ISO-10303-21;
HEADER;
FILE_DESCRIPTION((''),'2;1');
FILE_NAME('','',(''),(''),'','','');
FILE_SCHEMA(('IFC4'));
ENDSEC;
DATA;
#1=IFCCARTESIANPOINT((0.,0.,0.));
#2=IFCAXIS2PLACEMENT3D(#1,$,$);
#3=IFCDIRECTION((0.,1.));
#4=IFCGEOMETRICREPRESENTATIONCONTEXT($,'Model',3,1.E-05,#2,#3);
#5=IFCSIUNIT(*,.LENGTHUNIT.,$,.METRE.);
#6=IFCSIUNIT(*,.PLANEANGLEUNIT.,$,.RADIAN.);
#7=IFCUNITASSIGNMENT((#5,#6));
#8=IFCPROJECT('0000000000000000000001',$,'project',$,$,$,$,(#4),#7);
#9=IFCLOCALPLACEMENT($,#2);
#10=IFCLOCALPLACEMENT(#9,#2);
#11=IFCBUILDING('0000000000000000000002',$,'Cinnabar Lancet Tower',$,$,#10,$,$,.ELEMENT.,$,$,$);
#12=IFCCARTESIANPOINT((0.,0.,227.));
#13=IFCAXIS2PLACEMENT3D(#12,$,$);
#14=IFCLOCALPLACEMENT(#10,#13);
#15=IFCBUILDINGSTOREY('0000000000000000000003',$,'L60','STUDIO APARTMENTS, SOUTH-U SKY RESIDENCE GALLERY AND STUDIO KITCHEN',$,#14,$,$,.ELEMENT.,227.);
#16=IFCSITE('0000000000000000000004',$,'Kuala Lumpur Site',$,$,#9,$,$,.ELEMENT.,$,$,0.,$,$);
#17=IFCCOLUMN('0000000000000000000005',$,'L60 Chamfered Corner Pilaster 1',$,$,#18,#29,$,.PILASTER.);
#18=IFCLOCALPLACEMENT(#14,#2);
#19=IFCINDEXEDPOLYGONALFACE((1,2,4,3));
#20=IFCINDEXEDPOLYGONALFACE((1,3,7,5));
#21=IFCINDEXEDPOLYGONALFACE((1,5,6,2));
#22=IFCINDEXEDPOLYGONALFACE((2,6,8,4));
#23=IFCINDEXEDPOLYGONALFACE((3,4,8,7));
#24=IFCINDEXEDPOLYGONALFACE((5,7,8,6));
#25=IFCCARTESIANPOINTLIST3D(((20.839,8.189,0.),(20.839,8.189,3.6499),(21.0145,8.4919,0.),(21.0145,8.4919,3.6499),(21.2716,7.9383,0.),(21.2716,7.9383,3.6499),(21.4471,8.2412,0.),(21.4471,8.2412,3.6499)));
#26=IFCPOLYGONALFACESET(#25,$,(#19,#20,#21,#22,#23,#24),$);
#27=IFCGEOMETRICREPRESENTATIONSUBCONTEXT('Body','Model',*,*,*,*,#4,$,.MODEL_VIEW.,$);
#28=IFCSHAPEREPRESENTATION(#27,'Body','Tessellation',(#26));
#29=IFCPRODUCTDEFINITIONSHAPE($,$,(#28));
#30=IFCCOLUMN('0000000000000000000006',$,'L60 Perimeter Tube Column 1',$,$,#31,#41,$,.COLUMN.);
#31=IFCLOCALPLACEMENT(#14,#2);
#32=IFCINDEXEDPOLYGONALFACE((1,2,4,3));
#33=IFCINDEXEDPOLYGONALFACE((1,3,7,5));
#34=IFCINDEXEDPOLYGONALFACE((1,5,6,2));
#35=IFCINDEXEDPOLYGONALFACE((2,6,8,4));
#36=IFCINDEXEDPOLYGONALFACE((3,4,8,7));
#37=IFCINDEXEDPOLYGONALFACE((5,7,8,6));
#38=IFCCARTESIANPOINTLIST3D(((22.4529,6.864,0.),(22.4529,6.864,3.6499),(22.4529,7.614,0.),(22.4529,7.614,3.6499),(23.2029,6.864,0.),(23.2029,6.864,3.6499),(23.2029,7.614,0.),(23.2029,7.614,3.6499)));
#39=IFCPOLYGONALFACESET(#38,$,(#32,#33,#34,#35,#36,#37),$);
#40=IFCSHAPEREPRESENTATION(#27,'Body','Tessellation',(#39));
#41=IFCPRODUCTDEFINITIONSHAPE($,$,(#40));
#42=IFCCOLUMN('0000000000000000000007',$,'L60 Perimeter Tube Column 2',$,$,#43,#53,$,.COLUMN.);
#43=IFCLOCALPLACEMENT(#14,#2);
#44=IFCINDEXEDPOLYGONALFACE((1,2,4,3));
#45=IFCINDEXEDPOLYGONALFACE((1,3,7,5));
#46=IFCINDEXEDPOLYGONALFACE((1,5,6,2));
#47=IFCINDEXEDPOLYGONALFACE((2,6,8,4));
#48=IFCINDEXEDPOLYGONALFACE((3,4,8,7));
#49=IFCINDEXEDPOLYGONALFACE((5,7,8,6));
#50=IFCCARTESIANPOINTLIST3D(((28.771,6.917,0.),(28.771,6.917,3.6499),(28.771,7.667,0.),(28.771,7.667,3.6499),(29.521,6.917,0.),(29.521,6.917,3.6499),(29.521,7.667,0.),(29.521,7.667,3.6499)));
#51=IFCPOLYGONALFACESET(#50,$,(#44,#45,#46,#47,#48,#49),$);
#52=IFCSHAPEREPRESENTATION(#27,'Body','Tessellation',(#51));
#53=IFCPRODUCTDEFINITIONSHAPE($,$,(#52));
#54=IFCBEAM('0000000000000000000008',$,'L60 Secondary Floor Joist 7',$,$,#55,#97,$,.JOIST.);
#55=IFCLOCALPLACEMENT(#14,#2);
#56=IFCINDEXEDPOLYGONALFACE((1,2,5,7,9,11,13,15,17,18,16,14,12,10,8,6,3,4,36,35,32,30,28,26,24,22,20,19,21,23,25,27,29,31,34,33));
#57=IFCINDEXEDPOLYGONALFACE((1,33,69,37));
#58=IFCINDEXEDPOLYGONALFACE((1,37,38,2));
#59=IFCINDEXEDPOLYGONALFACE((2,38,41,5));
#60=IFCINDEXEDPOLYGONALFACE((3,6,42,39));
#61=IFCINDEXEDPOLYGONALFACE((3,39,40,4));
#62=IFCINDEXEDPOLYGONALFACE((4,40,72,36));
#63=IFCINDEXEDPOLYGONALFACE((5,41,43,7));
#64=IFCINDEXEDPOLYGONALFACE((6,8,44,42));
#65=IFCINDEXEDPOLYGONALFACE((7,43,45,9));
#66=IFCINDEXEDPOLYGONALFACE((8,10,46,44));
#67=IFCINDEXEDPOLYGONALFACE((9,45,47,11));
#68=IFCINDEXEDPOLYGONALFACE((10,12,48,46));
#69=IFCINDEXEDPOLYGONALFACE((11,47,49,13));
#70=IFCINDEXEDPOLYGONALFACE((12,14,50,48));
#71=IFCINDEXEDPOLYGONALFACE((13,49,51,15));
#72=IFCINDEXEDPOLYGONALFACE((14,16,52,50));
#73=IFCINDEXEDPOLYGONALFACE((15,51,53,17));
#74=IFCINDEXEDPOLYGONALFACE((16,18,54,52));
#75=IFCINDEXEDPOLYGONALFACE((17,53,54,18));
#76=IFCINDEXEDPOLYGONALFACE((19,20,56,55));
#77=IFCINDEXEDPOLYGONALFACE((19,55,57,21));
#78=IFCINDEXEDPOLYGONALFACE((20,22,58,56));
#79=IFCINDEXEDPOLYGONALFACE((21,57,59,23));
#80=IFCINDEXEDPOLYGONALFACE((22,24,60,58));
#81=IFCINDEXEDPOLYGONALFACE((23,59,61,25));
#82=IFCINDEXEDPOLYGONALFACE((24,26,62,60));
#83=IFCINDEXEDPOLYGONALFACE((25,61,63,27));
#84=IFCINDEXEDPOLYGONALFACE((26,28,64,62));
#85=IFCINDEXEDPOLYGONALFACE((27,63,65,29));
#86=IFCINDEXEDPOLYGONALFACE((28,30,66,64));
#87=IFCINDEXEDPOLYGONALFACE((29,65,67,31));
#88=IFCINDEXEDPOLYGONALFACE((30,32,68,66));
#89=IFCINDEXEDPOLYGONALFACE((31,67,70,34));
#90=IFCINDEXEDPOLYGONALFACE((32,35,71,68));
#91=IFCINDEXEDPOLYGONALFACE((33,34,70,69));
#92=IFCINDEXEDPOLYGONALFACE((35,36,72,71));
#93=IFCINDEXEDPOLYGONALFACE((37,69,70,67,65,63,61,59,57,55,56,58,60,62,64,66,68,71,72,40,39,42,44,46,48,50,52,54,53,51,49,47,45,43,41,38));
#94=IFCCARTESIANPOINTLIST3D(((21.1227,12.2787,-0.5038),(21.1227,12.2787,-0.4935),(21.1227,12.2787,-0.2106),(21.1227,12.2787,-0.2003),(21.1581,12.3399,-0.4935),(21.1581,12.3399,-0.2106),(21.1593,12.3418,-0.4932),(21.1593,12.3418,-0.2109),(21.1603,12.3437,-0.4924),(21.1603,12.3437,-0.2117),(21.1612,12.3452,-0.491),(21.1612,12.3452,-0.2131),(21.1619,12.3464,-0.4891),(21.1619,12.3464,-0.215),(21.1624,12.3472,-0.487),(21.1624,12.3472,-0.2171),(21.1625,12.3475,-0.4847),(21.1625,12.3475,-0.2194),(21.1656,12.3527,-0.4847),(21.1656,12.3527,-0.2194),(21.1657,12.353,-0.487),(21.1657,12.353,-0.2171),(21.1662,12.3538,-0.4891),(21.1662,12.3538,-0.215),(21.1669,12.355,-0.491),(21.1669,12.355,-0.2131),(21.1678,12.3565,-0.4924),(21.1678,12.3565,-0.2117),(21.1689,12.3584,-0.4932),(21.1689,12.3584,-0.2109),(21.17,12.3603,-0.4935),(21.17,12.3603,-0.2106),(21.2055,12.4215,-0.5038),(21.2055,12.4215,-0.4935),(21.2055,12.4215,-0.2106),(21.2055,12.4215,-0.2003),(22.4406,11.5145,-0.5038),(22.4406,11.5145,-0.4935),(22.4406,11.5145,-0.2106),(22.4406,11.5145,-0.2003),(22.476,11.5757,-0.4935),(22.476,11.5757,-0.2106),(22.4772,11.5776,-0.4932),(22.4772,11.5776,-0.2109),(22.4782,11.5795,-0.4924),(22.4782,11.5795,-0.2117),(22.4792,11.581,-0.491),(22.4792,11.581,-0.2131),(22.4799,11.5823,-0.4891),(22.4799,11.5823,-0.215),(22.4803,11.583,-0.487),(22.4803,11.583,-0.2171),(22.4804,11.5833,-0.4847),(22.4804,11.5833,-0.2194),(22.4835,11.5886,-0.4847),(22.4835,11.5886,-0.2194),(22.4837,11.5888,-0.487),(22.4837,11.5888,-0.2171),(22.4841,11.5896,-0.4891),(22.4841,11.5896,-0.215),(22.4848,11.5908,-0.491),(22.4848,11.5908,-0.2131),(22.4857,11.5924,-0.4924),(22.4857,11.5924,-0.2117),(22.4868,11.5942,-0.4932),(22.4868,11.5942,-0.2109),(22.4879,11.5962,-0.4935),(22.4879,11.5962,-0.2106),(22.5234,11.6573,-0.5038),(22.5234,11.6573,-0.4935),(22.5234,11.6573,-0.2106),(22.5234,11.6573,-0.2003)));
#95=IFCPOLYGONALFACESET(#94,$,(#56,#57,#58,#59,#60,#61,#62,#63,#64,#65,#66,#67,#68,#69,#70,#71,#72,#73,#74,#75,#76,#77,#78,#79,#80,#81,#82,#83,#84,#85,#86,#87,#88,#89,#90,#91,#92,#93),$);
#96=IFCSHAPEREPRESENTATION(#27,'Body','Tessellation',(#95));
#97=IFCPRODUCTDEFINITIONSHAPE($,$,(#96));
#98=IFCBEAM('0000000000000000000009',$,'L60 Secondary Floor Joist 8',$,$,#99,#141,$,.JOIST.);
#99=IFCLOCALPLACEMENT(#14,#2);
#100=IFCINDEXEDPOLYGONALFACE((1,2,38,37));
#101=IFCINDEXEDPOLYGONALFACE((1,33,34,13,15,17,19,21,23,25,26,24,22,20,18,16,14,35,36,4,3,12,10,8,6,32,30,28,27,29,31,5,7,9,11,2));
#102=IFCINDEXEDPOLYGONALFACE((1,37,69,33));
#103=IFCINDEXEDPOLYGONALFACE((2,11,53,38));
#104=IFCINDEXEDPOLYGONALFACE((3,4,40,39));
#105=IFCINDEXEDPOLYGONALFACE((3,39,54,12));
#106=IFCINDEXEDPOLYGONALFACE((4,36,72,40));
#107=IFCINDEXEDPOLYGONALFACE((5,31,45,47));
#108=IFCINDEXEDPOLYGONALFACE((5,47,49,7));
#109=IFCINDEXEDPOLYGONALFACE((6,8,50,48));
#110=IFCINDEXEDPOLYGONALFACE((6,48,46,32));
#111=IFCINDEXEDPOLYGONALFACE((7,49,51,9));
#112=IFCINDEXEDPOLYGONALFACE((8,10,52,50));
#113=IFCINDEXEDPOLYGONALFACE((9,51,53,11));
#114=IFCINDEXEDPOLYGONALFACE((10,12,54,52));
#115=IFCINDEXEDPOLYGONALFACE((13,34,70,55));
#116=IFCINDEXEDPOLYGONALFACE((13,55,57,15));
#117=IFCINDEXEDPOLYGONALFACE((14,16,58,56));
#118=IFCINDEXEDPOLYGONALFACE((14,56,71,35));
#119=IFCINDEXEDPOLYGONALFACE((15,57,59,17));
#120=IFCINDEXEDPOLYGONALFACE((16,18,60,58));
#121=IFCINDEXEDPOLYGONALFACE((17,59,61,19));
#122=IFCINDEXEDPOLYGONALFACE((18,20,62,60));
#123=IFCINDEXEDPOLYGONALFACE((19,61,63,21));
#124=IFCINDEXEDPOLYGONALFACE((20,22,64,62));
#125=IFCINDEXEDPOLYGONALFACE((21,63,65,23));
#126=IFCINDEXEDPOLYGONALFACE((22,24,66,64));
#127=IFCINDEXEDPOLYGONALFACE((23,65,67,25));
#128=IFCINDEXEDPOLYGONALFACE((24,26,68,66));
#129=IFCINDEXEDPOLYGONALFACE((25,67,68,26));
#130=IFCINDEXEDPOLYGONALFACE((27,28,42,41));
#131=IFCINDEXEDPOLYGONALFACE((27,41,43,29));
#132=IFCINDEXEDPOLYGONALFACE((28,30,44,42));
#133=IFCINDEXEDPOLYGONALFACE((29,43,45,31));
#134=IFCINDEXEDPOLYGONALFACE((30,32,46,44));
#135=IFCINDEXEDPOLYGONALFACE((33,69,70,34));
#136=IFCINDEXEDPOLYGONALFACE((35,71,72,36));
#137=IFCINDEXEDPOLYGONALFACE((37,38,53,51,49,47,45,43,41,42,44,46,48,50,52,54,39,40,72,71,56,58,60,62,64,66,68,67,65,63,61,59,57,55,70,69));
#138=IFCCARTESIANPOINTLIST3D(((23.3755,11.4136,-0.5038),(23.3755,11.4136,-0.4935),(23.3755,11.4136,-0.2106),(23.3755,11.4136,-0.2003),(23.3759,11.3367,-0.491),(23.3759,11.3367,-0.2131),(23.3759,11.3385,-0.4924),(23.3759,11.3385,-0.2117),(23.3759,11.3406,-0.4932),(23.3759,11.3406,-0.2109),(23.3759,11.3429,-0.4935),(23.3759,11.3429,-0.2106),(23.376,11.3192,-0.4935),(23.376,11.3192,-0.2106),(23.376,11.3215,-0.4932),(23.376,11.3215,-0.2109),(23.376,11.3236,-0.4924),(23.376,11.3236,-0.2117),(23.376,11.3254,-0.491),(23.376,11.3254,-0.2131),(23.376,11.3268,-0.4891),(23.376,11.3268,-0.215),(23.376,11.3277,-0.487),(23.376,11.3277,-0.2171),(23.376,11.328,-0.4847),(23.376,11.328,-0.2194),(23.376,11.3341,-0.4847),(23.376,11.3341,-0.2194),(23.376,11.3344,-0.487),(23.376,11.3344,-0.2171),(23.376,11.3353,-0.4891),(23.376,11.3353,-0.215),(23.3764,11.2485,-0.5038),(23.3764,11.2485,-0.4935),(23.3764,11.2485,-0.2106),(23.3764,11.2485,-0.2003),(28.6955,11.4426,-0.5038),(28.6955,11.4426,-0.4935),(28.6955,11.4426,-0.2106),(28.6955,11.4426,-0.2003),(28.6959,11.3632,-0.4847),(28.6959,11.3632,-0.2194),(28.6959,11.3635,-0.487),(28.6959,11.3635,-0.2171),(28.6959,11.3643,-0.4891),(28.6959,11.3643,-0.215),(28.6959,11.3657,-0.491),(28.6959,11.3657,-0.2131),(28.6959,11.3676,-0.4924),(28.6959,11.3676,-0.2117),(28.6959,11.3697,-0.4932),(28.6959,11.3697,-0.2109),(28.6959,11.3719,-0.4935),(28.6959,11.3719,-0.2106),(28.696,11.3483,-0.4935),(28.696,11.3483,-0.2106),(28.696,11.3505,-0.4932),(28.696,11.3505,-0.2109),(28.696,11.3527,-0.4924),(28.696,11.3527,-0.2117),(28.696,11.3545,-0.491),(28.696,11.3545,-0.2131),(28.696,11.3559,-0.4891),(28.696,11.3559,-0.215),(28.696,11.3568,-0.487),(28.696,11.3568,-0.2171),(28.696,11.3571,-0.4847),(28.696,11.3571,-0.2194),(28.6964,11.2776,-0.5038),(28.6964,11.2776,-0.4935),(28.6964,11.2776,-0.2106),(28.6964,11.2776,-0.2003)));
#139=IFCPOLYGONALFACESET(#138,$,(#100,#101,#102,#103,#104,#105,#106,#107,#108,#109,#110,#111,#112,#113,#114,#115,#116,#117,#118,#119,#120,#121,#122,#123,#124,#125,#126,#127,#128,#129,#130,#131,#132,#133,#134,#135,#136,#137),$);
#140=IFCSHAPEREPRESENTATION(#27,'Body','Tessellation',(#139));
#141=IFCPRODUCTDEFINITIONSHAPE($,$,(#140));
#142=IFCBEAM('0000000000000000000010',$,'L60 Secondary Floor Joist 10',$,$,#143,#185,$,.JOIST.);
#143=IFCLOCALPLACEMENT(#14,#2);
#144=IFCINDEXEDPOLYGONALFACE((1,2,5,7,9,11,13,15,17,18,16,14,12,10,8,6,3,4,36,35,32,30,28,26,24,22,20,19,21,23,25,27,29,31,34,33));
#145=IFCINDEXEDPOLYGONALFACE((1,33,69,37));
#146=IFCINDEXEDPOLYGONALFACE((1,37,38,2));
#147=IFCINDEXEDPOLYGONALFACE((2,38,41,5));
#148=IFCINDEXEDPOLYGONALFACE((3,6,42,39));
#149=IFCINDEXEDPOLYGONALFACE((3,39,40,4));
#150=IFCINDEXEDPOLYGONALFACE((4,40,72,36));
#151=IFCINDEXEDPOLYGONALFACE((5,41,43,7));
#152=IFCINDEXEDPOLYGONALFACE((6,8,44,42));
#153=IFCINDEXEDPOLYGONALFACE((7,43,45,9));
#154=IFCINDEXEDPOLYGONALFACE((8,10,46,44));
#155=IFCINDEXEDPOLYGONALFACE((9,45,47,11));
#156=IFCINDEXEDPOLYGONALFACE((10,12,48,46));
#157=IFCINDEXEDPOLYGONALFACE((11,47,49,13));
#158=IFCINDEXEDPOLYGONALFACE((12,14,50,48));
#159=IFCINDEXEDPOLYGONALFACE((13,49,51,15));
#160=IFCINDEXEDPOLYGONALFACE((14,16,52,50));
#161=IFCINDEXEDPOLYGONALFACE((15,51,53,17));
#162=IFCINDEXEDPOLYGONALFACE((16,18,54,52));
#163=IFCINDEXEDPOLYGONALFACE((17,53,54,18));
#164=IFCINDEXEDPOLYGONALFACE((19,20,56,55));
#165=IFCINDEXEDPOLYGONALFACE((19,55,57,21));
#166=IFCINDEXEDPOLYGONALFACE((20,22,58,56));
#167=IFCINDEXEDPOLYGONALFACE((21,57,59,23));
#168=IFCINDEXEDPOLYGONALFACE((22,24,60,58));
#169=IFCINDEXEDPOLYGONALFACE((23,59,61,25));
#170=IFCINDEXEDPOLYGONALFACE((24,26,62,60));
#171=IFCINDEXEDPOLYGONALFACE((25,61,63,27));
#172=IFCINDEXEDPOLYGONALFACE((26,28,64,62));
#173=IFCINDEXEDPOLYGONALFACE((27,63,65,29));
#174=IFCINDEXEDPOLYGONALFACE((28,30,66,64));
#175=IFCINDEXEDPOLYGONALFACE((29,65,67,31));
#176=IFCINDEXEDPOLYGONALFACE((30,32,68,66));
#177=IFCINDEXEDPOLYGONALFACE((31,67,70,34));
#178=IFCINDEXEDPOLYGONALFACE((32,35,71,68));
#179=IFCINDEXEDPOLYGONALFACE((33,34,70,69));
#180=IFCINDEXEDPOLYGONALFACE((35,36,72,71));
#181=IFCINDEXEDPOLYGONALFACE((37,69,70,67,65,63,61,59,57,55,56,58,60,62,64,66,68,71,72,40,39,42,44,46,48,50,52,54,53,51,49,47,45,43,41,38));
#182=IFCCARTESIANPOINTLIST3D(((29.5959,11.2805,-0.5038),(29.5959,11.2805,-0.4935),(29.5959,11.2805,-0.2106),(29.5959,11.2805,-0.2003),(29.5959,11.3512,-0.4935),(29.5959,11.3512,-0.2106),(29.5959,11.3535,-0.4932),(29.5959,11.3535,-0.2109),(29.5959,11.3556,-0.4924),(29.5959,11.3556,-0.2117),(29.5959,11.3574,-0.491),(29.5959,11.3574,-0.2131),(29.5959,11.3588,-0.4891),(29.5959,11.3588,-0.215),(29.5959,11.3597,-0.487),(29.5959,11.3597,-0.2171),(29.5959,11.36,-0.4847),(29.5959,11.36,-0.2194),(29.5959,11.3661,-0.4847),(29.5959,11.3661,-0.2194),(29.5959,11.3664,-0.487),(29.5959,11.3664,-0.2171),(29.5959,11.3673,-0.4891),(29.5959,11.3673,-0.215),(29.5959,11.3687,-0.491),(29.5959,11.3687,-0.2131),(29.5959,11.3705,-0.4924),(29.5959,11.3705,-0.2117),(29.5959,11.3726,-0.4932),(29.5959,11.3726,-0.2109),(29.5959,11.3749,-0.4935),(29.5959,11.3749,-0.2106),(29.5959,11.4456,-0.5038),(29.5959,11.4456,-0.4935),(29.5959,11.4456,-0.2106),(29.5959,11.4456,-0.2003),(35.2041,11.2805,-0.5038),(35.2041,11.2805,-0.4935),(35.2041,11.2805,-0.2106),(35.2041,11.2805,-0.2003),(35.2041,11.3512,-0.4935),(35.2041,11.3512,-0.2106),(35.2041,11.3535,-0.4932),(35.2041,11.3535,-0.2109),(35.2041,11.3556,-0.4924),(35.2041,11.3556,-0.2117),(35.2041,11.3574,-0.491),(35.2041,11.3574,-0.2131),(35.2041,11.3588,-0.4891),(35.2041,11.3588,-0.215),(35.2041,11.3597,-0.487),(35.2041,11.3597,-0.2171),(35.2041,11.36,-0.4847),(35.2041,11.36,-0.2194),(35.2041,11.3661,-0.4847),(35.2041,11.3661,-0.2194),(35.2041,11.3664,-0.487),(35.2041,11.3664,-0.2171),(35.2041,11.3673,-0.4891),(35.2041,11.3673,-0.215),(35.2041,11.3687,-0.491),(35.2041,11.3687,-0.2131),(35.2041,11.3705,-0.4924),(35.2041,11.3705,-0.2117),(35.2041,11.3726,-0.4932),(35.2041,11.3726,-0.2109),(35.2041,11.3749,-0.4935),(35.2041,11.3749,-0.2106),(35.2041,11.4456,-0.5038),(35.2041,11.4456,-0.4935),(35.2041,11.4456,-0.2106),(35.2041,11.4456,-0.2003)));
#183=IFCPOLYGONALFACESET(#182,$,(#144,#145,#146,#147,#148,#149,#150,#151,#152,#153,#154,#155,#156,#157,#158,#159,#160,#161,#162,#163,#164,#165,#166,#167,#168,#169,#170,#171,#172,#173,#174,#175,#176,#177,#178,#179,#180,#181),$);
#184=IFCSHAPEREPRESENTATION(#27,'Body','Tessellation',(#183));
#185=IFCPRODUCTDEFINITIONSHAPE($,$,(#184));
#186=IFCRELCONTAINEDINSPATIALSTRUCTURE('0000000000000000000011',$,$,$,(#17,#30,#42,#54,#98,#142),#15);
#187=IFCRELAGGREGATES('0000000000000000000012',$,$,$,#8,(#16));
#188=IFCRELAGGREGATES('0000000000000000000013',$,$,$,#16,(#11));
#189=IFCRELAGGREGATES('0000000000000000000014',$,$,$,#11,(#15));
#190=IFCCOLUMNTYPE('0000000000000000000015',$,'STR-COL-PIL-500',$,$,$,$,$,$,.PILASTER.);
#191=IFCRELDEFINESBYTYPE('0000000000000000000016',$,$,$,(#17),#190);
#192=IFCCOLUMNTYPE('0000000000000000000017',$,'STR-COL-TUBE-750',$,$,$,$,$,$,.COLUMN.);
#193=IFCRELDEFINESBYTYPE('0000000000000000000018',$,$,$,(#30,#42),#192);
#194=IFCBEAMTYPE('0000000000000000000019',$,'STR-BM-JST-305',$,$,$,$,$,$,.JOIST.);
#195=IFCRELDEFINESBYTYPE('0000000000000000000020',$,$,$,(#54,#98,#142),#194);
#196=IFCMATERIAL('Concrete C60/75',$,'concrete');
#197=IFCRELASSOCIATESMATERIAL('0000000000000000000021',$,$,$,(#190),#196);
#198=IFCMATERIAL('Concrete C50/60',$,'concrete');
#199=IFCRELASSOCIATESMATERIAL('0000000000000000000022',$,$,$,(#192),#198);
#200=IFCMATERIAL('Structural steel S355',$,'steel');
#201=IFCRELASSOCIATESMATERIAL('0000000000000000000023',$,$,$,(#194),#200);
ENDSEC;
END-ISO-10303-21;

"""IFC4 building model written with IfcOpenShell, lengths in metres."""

from ifc_helpers import new_model, si_unit, direction, frame, origin, origin_2d, place, context, subcontext, project, spatial, rectangle, i_section, extrude, material, material_profile, profile_set, type_object, element, save


model = new_model("IFC4")

# Units and contexts
model_context = context("Model", 3, precision=1e-05, world=origin(), true_north=direction((0.0, 1.0)))
body_context = subcontext(model_context, "Body", "Model", "MODEL_VIEW")
ifc_project = project(units=[si_unit("LENGTHUNIT", "METRE"), si_unit("PLANEANGLEUNIT", "RADIAN")], contexts=[model_context])

# Site, building, storey
site_placement = place(None, origin())
site = spatial("IfcSite", under=ifc_project, at=site_placement, Name="Kuala Lumpur Site", CompositionType="ELEMENT", RefElevation=0.0)
building_placement = place(site_placement, origin())
building = spatial("IfcBuilding", under=site, at=building_placement, Name="Cinnabar Lancet Tower", CompositionType="ELEMENT")
storey_placement = place(building_placement, frame((0.0, 0.0, 227.0)))
storey = spatial("IfcBuildingStorey", under=building, at=storey_placement, Name="L60", Description="STUDIO APARTMENTS, SOUTH-U SKY RESIDENCE GALLERY AND STUDIO KITCHEN", CompositionType="ELEMENT", Elevation=227.0)

# Columns
ifc_material_1 = material(Name="Concrete C60/75", Category="concrete")
ifc_material_profile_1 = material_profile(ifc_material_1, rectangle(XDim=0.5, YDim=0.3501, at=origin_2d()), Name="RC-PIL 500x350")
ifc_profile_set_1 = profile_set([ifc_material_profile_1], Name="Concrete C60/75")
column_type_1 = type_object("IfcColumnType", Name="STR-COL-PIL-500", PredefinedType="PILASTER", material=ifc_profile_set_1)
column_placement = place(storey_placement, frame((21.1431, 8.2151, 0.0), z_axis=(0.0, 0.0, 1.0), x_axis=(0.865256, -0.50133, 0.0)))
element("IfcColumn", 1, at=column_placement, inside=storey, type_object=column_type_1, Name="L60 Chamfered Corner Pilaster 1", PredefinedType="PILASTER", context=body_context, shape_type="SweptSolid", body=[
    extrude(rectangle(XDim=0.5, YDim=0.3501, at=origin_2d()), origin(), (0.0, 0.0, 1.0), 3.6499),
])
ifc_material_2 = material(Name="Concrete C50/60", Category="concrete")
ifc_material_profile_2 = material_profile(ifc_material_2, rectangle(XDim=0.75, YDim=0.75, at=origin_2d()), Name="RC-COL 750x750")
ifc_profile_set_2 = profile_set([ifc_material_profile_2], Name="Concrete C50/60")
column_type_2 = type_object("IfcColumnType", Name="STR-COL-TUBE-750", PredefinedType="COLUMN", material=ifc_profile_set_2)
for number, where, z_axis, x_axis, name in (
    (2, (22.8279, 7.239, 0.0), (0.0, 0.0, 1.0), (1.0, 0.0, 0.0), "L60 Perimeter Tube Column 1"),
    (3, (29.146, 7.292, 0.0), (0.0, 0.0, 1.0), (1.0, 0.0, 0.0), "L60 Perimeter Tube Column 2"),
):
    element("IfcColumn", number, at=place(storey_placement, frame(where, z_axis=z_axis, x_axis=x_axis)), inside=storey, type_object=column_type_2, Name=name, PredefinedType="COLUMN", context=body_context, shape_type="SweptSolid", body=[
        extrude(rectangle(XDim=0.75, YDim=0.75, at=origin_2d()), origin(), (0.0, 0.0, 1.0), 3.6499),
    ])

# Beams
ifc_material_3 = material(Name="Structural steel S355", Category="steel")
ifc_material_profile_3 = material_profile(ifc_material_3, i_section(OverallWidth=0.165, OverallDepth=0.3035, WebThickness=0.0061, FlangeThickness=0.0103, FilletRadius=0.0088, at=origin_2d()), Name="UKB 305x165x40")
ifc_profile_set_3 = profile_set([ifc_material_profile_3], Name="Structural steel S355")
beam_type_1 = type_object("IfcBeamType", Name="STR-BM-JST-305", PredefinedType="JOIST", material=ifc_profile_set_3)
beam_1_placement = place(storey_placement, frame((21.1641, 12.3501, -0.3521), z_axis=(0.86509, -0.501617, 0.0), x_axis=(0.501617, 0.86509, 0.0)))
element("IfcBeam", 4, at=beam_1_placement, inside=storey, type_object=beam_type_1, Name="L60 Secondary Floor Joist 7", PredefinedType="JOIST", context=body_context, shape_type="SweptSolid", body=[
    extrude(i_section(OverallWidth=0.165, OverallDepth=0.3035, WebThickness=0.0061, FlangeThickness=0.0103, FilletRadius=0.0088, at=origin_2d()), origin(), (0.0, 0.0, 1.0), 1.5234),
])
beam_2_placement = place(storey_placement, frame((23.376, 11.3311, -0.3521), z_axis=(0.999985, 0.005461, 0.0), x_axis=(-0.005461, 0.999985, 0.0)))
element("IfcBeam", 5, at=beam_2_placement, inside=storey, type_object=beam_type_1, Name="L60 Secondary Floor Joist 8", PredefinedType="JOIST", context=body_context, shape_type="SweptSolid", body=[
    extrude(i_section(OverallWidth=0.165, OverallDepth=0.3035, WebThickness=0.0061, FlangeThickness=0.0103, FilletRadius=0.0088, at=origin_2d()), origin(), (0.0, 0.0, 1.0), 5.3201),
])
beam_3_placement = place(storey_placement, frame((29.5959, 11.363, -0.3521), z_axis=(1.0, 0.0, 0.0), x_axis=(0.0, 1.0, 0.0)))
element("IfcBeam", 6, at=beam_3_placement, inside=storey, type_object=beam_type_1, Name="L60 Secondary Floor Joist 10", PredefinedType="JOIST", context=body_context, shape_type="SweptSolid", body=[
    extrude(i_section(OverallWidth=0.165, OverallDepth=0.3035, WebThickness=0.0061, FlangeThickness=0.0103, FilletRadius=0.0088, at=origin_2d()), origin(), (0.0, 0.0, 1.0), 5.6082),
])

save(model, "model.ifc")
